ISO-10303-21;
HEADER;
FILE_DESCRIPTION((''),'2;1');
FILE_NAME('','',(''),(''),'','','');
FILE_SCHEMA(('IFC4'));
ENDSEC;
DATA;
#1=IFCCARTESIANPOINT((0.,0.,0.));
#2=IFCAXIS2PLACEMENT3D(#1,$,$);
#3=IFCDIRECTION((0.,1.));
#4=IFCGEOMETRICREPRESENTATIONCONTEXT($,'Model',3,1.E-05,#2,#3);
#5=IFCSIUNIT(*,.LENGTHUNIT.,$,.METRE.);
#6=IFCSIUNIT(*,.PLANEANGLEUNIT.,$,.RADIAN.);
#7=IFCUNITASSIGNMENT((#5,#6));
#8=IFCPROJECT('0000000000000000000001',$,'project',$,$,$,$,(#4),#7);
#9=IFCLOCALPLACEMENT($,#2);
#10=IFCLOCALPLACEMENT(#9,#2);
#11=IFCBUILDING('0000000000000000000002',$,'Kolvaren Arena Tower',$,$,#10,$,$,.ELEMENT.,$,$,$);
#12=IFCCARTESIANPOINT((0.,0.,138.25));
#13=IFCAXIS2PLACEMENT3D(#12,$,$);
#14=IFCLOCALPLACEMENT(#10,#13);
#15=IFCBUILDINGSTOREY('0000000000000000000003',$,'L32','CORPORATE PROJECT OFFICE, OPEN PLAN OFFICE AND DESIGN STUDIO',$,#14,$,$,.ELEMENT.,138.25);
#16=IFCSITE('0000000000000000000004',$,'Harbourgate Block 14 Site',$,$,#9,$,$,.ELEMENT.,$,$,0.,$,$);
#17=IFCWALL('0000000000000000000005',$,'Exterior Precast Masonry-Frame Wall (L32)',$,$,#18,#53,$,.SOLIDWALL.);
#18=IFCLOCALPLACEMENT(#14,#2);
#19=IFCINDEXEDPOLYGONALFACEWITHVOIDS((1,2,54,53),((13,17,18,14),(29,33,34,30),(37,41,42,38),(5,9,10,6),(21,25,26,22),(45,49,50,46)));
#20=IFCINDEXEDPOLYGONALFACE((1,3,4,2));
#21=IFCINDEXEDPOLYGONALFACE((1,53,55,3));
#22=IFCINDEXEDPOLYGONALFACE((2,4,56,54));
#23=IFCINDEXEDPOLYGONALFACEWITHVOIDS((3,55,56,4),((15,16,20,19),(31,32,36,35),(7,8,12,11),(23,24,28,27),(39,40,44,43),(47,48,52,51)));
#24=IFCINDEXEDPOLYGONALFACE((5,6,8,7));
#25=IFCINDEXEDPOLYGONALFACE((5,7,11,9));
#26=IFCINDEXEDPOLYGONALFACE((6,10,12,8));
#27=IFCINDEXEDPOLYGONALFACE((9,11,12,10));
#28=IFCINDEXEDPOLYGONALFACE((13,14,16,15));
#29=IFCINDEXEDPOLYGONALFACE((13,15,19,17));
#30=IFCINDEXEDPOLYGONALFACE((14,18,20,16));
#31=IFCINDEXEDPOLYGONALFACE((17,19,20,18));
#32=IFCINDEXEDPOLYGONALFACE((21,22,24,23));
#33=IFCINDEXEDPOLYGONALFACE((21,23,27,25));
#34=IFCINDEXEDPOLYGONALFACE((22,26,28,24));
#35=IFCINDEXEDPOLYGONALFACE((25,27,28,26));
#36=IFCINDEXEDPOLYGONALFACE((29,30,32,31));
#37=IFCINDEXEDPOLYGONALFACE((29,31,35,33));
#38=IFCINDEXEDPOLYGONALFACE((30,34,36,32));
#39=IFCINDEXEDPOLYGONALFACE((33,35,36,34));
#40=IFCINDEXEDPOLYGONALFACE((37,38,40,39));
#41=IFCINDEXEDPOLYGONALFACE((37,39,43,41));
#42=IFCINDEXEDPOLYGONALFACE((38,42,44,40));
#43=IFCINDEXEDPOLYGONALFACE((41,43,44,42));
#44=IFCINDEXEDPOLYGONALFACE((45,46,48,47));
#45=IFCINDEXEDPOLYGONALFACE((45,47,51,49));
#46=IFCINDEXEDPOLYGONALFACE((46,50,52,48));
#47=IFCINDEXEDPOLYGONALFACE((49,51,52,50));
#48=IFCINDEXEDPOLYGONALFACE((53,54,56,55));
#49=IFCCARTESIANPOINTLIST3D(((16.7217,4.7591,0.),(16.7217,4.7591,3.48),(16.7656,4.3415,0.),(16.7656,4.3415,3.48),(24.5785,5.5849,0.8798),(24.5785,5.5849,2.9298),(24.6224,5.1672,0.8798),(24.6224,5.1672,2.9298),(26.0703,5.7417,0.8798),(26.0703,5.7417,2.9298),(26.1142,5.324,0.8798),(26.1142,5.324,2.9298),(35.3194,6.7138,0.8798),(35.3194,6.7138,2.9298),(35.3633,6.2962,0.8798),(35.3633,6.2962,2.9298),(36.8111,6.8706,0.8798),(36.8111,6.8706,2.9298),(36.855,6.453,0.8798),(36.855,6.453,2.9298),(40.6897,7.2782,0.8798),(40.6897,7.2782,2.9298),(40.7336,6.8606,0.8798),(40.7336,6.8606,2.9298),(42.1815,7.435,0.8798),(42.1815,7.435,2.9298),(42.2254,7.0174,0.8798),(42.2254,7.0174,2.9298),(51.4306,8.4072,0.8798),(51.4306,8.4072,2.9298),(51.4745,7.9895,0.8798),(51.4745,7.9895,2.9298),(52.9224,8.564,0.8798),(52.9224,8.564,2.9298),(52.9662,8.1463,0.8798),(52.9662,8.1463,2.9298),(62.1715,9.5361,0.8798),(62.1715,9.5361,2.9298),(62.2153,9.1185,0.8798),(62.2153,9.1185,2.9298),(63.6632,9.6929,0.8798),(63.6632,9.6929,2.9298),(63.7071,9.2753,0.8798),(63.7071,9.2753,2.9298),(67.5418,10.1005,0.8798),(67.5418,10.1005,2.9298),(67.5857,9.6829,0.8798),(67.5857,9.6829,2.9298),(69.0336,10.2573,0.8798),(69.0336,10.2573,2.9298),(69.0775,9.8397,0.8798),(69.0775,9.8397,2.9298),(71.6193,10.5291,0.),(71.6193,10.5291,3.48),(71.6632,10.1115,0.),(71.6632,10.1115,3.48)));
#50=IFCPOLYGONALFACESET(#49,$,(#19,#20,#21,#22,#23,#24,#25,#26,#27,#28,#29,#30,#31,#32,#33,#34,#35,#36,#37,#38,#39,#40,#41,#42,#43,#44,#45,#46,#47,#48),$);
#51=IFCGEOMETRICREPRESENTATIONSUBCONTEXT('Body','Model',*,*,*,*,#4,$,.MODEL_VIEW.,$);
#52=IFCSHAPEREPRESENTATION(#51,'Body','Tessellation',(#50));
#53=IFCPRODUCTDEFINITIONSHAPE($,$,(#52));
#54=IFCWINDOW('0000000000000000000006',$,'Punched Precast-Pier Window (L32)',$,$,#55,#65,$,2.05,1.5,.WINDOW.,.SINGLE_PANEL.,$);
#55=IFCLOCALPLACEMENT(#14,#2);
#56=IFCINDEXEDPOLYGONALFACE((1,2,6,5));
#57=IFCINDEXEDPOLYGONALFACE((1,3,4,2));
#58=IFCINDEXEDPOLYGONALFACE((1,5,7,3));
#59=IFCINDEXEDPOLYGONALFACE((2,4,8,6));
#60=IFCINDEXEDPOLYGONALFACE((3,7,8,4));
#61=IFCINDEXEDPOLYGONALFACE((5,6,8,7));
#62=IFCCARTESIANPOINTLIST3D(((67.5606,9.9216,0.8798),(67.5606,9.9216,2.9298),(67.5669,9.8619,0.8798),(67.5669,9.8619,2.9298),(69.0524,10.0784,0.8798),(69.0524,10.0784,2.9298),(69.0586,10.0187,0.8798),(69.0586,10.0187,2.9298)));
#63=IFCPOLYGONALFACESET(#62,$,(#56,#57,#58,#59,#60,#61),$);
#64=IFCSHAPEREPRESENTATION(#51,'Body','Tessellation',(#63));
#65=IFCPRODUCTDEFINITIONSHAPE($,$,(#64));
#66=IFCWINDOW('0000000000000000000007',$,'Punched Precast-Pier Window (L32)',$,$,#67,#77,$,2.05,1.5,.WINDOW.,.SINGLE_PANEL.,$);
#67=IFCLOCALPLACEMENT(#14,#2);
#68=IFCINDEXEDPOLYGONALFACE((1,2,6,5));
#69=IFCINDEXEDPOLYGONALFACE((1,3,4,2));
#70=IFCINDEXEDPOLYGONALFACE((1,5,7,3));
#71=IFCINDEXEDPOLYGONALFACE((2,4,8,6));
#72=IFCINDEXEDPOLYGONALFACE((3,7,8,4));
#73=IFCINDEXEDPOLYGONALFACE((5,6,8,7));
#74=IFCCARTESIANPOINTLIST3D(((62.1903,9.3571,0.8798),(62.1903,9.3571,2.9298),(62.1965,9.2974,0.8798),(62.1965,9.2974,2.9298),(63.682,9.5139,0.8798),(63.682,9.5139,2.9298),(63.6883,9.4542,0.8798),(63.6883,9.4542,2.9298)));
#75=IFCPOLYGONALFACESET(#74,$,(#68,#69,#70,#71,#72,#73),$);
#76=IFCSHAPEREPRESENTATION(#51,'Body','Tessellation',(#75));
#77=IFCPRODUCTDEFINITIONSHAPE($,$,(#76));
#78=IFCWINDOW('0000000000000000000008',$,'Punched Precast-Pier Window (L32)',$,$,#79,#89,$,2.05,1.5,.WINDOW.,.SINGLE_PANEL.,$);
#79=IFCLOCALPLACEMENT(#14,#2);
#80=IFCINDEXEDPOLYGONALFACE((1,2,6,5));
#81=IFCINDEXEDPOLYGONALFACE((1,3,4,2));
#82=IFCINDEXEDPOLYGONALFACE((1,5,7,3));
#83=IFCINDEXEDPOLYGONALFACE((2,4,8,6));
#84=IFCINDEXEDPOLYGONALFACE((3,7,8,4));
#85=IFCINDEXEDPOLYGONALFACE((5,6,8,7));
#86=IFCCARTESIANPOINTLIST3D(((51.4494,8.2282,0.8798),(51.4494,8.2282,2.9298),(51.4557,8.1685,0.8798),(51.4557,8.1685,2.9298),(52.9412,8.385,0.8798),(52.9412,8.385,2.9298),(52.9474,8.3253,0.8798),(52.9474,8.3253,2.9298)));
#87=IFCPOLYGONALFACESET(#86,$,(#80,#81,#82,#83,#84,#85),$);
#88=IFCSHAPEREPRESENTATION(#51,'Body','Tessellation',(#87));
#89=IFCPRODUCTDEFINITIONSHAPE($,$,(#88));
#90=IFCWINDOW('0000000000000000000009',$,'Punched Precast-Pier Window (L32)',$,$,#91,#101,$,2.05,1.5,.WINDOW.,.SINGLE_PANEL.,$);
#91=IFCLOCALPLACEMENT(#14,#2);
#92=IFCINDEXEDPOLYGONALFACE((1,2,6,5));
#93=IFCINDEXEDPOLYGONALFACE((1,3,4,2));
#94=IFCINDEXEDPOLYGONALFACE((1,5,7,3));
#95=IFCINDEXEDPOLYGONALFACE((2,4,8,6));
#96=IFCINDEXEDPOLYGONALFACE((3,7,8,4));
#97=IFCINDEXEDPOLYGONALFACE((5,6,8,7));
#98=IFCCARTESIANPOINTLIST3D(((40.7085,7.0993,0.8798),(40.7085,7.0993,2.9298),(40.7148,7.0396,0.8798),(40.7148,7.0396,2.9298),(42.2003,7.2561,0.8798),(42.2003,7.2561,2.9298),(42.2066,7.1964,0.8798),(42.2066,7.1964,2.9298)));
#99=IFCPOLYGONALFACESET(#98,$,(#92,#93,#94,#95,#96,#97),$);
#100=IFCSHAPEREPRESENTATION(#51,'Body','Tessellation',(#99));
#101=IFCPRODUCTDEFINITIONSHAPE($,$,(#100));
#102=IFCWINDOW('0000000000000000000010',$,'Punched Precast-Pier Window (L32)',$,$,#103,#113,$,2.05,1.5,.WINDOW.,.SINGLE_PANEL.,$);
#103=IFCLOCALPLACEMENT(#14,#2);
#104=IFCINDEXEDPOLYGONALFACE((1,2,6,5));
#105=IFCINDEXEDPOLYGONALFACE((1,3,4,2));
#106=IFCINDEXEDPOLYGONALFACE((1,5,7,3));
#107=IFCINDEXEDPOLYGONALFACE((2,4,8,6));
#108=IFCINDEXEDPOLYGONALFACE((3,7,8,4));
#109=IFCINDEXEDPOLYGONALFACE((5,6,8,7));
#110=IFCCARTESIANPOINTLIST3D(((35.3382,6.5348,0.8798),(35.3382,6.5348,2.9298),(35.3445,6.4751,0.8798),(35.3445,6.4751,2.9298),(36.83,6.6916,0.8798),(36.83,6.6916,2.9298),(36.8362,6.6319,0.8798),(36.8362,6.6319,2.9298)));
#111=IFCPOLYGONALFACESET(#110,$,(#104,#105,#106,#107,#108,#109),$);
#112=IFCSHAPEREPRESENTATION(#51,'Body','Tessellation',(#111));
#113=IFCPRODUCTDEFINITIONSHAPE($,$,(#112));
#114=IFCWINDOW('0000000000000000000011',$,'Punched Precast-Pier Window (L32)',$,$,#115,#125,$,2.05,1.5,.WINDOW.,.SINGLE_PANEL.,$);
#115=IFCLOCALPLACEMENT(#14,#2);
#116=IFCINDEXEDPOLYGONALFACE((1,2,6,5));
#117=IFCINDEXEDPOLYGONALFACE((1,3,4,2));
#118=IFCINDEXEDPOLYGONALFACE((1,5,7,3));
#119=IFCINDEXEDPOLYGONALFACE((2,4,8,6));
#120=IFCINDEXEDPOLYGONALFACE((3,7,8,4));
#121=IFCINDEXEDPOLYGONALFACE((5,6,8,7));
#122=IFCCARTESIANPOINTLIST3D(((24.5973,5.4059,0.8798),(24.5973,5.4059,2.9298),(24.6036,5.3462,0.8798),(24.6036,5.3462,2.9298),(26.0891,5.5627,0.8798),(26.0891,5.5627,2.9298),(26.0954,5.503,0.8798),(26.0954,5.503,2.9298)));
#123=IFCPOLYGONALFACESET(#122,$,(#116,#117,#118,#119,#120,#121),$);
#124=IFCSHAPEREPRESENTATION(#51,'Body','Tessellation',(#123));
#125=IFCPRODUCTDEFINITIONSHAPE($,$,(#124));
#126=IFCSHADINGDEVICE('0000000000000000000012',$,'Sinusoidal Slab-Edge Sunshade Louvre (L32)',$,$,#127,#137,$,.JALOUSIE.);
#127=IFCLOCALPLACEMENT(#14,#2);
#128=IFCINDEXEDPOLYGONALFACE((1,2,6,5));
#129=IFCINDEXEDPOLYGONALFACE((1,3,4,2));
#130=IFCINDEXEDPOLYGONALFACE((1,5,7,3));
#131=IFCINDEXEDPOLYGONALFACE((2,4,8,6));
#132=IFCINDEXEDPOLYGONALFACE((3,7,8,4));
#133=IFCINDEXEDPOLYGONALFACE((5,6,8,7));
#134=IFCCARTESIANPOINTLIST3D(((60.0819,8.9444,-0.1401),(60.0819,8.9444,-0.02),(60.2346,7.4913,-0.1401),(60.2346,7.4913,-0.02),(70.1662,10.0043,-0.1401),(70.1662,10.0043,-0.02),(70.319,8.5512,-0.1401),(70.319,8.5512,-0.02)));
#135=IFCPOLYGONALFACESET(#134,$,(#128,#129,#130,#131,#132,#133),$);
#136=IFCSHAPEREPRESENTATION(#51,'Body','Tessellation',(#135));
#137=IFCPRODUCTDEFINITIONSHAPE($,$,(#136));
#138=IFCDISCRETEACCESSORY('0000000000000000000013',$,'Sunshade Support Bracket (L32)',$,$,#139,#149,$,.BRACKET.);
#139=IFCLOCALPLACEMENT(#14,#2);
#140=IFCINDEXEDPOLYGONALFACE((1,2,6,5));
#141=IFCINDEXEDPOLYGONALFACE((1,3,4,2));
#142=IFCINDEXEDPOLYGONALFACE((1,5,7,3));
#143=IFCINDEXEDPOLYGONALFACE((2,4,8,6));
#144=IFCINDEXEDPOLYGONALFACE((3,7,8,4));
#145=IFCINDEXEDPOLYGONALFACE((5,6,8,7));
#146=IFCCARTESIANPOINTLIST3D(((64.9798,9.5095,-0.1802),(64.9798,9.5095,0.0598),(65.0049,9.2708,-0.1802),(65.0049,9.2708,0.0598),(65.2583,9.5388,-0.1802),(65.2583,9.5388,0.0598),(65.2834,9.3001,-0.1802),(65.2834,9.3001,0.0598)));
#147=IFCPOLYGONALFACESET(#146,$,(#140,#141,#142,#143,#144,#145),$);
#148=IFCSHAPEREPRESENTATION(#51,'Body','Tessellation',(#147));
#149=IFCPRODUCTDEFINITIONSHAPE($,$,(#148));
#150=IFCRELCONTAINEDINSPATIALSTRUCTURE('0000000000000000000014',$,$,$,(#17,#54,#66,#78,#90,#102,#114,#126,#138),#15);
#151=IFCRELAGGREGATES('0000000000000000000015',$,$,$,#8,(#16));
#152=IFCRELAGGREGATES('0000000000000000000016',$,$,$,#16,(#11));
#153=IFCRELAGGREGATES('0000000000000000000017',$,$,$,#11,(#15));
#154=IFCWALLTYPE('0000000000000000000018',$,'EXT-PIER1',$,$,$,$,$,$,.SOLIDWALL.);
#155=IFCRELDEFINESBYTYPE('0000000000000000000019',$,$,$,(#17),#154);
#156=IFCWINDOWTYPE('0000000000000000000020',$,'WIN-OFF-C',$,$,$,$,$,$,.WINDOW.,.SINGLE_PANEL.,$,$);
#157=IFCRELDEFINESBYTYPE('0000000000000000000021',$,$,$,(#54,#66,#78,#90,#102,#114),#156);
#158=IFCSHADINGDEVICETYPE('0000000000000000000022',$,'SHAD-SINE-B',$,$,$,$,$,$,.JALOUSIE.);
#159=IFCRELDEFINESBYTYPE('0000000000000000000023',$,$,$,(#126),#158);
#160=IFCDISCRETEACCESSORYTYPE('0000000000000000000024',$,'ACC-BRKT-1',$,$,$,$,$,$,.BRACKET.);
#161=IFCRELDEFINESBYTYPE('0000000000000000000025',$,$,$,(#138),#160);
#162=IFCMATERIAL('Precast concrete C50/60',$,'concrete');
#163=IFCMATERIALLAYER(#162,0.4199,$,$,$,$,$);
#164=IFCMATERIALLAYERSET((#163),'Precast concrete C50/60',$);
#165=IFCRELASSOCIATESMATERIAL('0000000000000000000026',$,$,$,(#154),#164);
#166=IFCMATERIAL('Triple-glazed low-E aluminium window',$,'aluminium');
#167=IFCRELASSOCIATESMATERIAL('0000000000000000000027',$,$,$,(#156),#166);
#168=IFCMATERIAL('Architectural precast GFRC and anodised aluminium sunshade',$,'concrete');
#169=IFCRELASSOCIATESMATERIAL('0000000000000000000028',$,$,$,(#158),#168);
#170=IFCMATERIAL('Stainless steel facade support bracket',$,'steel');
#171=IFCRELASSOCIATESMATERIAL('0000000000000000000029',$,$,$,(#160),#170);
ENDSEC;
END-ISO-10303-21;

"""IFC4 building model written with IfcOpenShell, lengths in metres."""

from ifc_helpers import new_model, si_unit, direction, frame, frame_2d, origin, origin_2d, place, context, subcontext, project, spatial, rectangle, extrude, material, layer, layer_set, type_object, element, fill, save


model = new_model("IFC4")

# Units and contexts
model_context = context("Model", 3, precision=1e-05, world=origin(), true_north=direction((0.0, 1.0)))
body_context = subcontext(model_context, "Body", "Model", "MODEL_VIEW")
ifc_project = project(units=[si_unit("LENGTHUNIT", "METRE"), si_unit("PLANEANGLEUNIT", "RADIAN")], contexts=[model_context])

# Site, building, storey
site_placement = place(None, origin())
site = spatial("IfcSite", under=ifc_project, at=site_placement, Name="Harbourgate Block 14 Site", CompositionType="ELEMENT", RefElevation=0.0)
building_placement = place(site_placement, origin())
building = spatial("IfcBuilding", under=site, at=building_placement, Name="Kolvaren Arena Tower", CompositionType="ELEMENT")
storey_placement = place(building_placement, frame((0.0, 0.0, 138.25)))
storey = spatial("IfcBuildingStorey", under=building, at=storey_placement, Name="L32", Description="CORPORATE PROJECT OFFICE, OPEN PLAN OFFICE AND DESIGN STUDIO", CompositionType="ELEMENT", Elevation=138.25)

# Shared definitions
ifc_material_1 = material(Name="Precast concrete C50/60", Category="concrete")
ifc_layer_1 = layer(ifc_material_1, 0.4199)
ifc_layer_set_1 = layer_set([ifc_layer_1], Name="Precast concrete C50/60")
wall_type_1 = type_object("IfcWallType", Name="EXT-PIER1", PredefinedType="SOLIDWALL", material=ifc_layer_set_1)

# Wall, openings, windows
wall_1_placement = place(storey_placement, frame((71.6414, 10.3203, 0.0), z_axis=(0.0, 0.0, 1.0), x_axis=(-0.994522, -0.10453, 0.0)))
wall_1 = element("IfcWall", 1, at=wall_1_placement, inside=storey, type_object=wall_type_1, Name="Exterior Precast Masonry-Frame Wall (L32)", PredefinedType="SOLIDWALL", context=body_context, shape_type="SweptSolid", body=[
    extrude(rectangle(XDim=55.2, YDim=0.4199, at=frame_2d((27.6001, 0.0))), origin(), (0.0, 0.0, 1.0), 3.48),
])
opening_1_placement = place(wall_1_placement, frame((2.6001, 0.0, 0.8799)))
opening_1 = element("IfcOpeningElement", 2, at=opening_1_placement, cuts=wall_1, PredefinedType="OPENING", context=body_context, shape_type="SweptSolid", body=[
    extrude(rectangle(XDim=1.5, YDim=2.05, at=frame_2d((0.75, 1.0249))), frame((0.0, 0.22, 0.0), z_axis=(0.0, -1.0, 0.0), x_axis=(1.0, 0.0, 0.0)), (0.0, 0.0, 1.0), 0.4399),
])
opening_2_placement = place(wall_1_placement, frame((8.0, 0.0, 0.8799)))
opening_2 = element("IfcOpeningElement", 3, at=opening_2_placement, cuts=wall_1, PredefinedType="OPENING", context=body_context, shape_type="SweptSolid", body=[
    extrude(rectangle(XDim=1.5, YDim=2.05, at=frame_2d((0.75, 1.0249))), frame((0.0, 0.22, 0.0), z_axis=(0.0, -1.0, 0.0), x_axis=(1.0, 0.0, 0.0)), (0.0, 0.0, 1.0), 0.4399),
])
opening_3_placement = place(wall_1_placement, frame((18.8, 0.0, 0.8799)))
opening_3 = element("IfcOpeningElement", 4, at=opening_3_placement, cuts=wall_1, PredefinedType="OPENING", context=body_context, shape_type="SweptSolid", body=[
    extrude(rectangle(XDim=1.5, YDim=2.05, at=frame_2d((0.75, 1.0249))), frame((0.0, 0.22, 0.0), z_axis=(0.0, -1.0, 0.0), x_axis=(1.0, 0.0, 0.0)), (0.0, 0.0, 1.0), 0.4399),
])
opening_4_placement = place(wall_1_placement, frame((29.6001, 0.0, 0.8799)))
opening_4 = element("IfcOpeningElement", 5, at=opening_4_placement, cuts=wall_1, PredefinedType="OPENING", context=body_context, shape_type="SweptSolid", body=[
    extrude(rectangle(XDim=1.5, YDim=2.05, at=frame_2d((0.75, 1.0249))), frame((0.0, 0.22, 0.0), z_axis=(0.0, -1.0, 0.0), x_axis=(1.0, 0.0, 0.0)), (0.0, 0.0, 1.0), 0.4399),
])
opening_5_placement = place(wall_1_placement, frame((35.0, 0.0, 0.8799)))
opening_5 = element("IfcOpeningElement", 6, at=opening_5_placement, cuts=wall_1, PredefinedType="OPENING", context=body_context, shape_type="SweptSolid", body=[
    extrude(rectangle(XDim=1.5, YDim=2.05, at=frame_2d((0.75, 1.0249))), frame((0.0, 0.22, 0.0), z_axis=(0.0, -1.0, 0.0), x_axis=(1.0, 0.0, 0.0)), (0.0, 0.0, 1.0), 0.4399),
])
opening_6_placement = place(wall_1_placement, frame((45.8, 0.0, 0.8799)))
opening_6 = element("IfcOpeningElement", 7, at=opening_6_placement, cuts=wall_1, PredefinedType="OPENING", context=body_context, shape_type="SweptSolid", body=[
    extrude(rectangle(XDim=1.5, YDim=2.05, at=frame_2d((0.75, 1.0249))), frame((0.0, 0.22, 0.0), z_axis=(0.0, -1.0, 0.0), x_axis=(1.0, 0.0, 0.0)), (0.0, 0.0, 1.0), 0.4399),
])
ifc_material_2 = material(Name="Triple-glazed low-E aluminium window", Category="aluminium")
window_type = type_object("IfcWindowType", Name="WIN-OFF-C", PartitioningType="SINGLE_PANEL", PredefinedType="WINDOW", material=ifc_material_2)
window_1_placement = place(opening_1_placement, origin())
window_1 = element("IfcWindow", 8, at=window_1_placement, inside=storey, type_object=window_type, Name="Punched Precast-Pier Window (L32)", OverallHeight=2.05, OverallWidth=1.5, PartitioningType="SINGLE_PANEL", PredefinedType="WINDOW", context=body_context, shape_type="SweptSolid", body=[
    extrude(rectangle(XDim=1.5, YDim=2.05, at=frame_2d((0.75, 1.0249))), frame((0.0, 0.03, 0.0), z_axis=(0.0, -1.0, 0.0), x_axis=(1.0, 0.0, 0.0)), (0.0, 0.0, 1.0), 0.0601),
])
fill(opening_1, window_1)
window_2_placement = place(opening_2_placement, origin())
window_2 = element("IfcWindow", 9, at=window_2_placement, inside=storey, type_object=window_type, Name="Punched Precast-Pier Window (L32)", OverallHeight=2.05, OverallWidth=1.5, PartitioningType="SINGLE_PANEL", PredefinedType="WINDOW", context=body_context, shape_type="SweptSolid", body=[
    extrude(rectangle(XDim=1.5, YDim=2.05, at=frame_2d((0.75, 1.0249))), frame((0.0, 0.03, 0.0), z_axis=(0.0, -1.0, 0.0), x_axis=(1.0, 0.0, 0.0)), (0.0, 0.0, 1.0), 0.0601),
])
fill(opening_2, window_2)
window_3_placement = place(opening_3_placement, origin())
window_3 = element("IfcWindow", 10, at=window_3_placement, inside=storey, type_object=window_type, Name="Punched Precast-Pier Window (L32)", OverallHeight=2.05, OverallWidth=1.5, PartitioningType="SINGLE_PANEL", PredefinedType="WINDOW", context=body_context, shape_type="SweptSolid", body=[
    extrude(rectangle(XDim=1.5, YDim=2.05, at=frame_2d((0.75, 1.0249))), frame((0.0, 0.03, 0.0), z_axis=(0.0, -1.0, 0.0), x_axis=(1.0, 0.0, 0.0)), (0.0, 0.0, 1.0), 0.0601),
])
fill(opening_3, window_3)
window_4_placement = place(opening_4_placement, origin())
window_4 = element("IfcWindow", 11, at=window_4_placement, inside=storey, type_object=window_type, Name="Punched Precast-Pier Window (L32)", OverallHeight=2.05, OverallWidth=1.5, PartitioningType="SINGLE_PANEL", PredefinedType="WINDOW", context=body_context, shape_type="SweptSolid", body=[
    extrude(rectangle(XDim=1.5, YDim=2.05, at=frame_2d((0.75, 1.0249))), frame((0.0, 0.03, 0.0), z_axis=(0.0, -1.0, 0.0), x_axis=(1.0, 0.0, 0.0)), (0.0, 0.0, 1.0), 0.0601),
])
fill(opening_4, window_4)
window_5_placement = place(opening_5_placement, origin())
window_5 = element("IfcWindow", 12, at=window_5_placement, inside=storey, type_object=window_type, Name="Punched Precast-Pier Window (L32)", OverallHeight=2.05, OverallWidth=1.5, PartitioningType="SINGLE_PANEL", PredefinedType="WINDOW", context=body_context, shape_type="SweptSolid", body=[
    extrude(rectangle(XDim=1.5, YDim=2.05, at=frame_2d((0.75, 1.0249))), frame((0.0, 0.03, 0.0), z_axis=(0.0, -1.0, 0.0), x_axis=(1.0, 0.0, 0.0)), (0.0, 0.0, 1.0), 0.0601),
])
fill(opening_5, window_5)
window_6_placement = place(opening_6_placement, origin())
window_6 = element("IfcWindow", 13, at=window_6_placement, inside=storey, type_object=window_type, Name="Punched Precast-Pier Window (L32)", OverallHeight=2.05, OverallWidth=1.5, PartitioningType="SINGLE_PANEL", PredefinedType="WINDOW", context=body_context, shape_type="SweptSolid", body=[
    extrude(rectangle(XDim=1.5, YDim=2.05, at=frame_2d((0.75, 1.0249))), frame((0.0, 0.03, 0.0), z_axis=(0.0, -1.0, 0.0), x_axis=(1.0, 0.0, 0.0)), (0.0, 0.0, 1.0), 0.0601),
])
fill(opening_6, window_6)

# Shading device
ifc_material_3 = material(Name="Architectural precast GFRC and anodised aluminium sunshade", Category="concrete")
shading_device_type = type_object("IfcShadingDeviceType", Name="SHAD-SINE-B", PredefinedType="JALOUSIE", material=ifc_material_3)
shading_device_placement = place(storey_placement, frame((65.2004, 8.7478, -0.1401), z_axis=(0.0, 0.0, 1.0), x_axis=(-0.994522, -0.104527, 0.0)))
element("IfcShadingDevice", 14, at=shading_device_placement, inside=storey, type_object=shading_device_type, Name="Sinusoidal Slab-Edge Sunshade Louvre (L32)", PredefinedType="JALOUSIE", context=body_context, shape_type="SweptSolid", body=[
    extrude(rectangle(XDim=10.1399, YDim=1.4612, at=origin_2d()), origin(), (0.0, 0.0, 1.0), 0.1201),
])

# Discrete accessory
ifc_material_4 = material(Name="Stainless steel facade support bracket", Category="steel")
discrete_accessory_type = type_object("IfcDiscreteAccessoryType", Name="ACC-BRKT-1", PredefinedType="BRACKET", material=ifc_material_4)
discrete_accessory_placement = place(storey_placement, frame((65.1316, 9.4048, -0.1802), z_axis=(0.0, 0.0, 1.0), x_axis=(-0.994522, -0.104527, 0.0)))
element("IfcDiscreteAccessory", 15, at=discrete_accessory_placement, inside=storey, type_object=discrete_accessory_type, Name="Sunshade Support Bracket (L32)", PredefinedType="BRACKET", context=body_context, shape_type="SweptSolid", body=[
    extrude(rectangle(XDim=0.28, YDim=0.24, at=origin_2d()), origin(), (0.0, 0.0, 1.0), 0.24),
])

save(model, "model.ifc")
